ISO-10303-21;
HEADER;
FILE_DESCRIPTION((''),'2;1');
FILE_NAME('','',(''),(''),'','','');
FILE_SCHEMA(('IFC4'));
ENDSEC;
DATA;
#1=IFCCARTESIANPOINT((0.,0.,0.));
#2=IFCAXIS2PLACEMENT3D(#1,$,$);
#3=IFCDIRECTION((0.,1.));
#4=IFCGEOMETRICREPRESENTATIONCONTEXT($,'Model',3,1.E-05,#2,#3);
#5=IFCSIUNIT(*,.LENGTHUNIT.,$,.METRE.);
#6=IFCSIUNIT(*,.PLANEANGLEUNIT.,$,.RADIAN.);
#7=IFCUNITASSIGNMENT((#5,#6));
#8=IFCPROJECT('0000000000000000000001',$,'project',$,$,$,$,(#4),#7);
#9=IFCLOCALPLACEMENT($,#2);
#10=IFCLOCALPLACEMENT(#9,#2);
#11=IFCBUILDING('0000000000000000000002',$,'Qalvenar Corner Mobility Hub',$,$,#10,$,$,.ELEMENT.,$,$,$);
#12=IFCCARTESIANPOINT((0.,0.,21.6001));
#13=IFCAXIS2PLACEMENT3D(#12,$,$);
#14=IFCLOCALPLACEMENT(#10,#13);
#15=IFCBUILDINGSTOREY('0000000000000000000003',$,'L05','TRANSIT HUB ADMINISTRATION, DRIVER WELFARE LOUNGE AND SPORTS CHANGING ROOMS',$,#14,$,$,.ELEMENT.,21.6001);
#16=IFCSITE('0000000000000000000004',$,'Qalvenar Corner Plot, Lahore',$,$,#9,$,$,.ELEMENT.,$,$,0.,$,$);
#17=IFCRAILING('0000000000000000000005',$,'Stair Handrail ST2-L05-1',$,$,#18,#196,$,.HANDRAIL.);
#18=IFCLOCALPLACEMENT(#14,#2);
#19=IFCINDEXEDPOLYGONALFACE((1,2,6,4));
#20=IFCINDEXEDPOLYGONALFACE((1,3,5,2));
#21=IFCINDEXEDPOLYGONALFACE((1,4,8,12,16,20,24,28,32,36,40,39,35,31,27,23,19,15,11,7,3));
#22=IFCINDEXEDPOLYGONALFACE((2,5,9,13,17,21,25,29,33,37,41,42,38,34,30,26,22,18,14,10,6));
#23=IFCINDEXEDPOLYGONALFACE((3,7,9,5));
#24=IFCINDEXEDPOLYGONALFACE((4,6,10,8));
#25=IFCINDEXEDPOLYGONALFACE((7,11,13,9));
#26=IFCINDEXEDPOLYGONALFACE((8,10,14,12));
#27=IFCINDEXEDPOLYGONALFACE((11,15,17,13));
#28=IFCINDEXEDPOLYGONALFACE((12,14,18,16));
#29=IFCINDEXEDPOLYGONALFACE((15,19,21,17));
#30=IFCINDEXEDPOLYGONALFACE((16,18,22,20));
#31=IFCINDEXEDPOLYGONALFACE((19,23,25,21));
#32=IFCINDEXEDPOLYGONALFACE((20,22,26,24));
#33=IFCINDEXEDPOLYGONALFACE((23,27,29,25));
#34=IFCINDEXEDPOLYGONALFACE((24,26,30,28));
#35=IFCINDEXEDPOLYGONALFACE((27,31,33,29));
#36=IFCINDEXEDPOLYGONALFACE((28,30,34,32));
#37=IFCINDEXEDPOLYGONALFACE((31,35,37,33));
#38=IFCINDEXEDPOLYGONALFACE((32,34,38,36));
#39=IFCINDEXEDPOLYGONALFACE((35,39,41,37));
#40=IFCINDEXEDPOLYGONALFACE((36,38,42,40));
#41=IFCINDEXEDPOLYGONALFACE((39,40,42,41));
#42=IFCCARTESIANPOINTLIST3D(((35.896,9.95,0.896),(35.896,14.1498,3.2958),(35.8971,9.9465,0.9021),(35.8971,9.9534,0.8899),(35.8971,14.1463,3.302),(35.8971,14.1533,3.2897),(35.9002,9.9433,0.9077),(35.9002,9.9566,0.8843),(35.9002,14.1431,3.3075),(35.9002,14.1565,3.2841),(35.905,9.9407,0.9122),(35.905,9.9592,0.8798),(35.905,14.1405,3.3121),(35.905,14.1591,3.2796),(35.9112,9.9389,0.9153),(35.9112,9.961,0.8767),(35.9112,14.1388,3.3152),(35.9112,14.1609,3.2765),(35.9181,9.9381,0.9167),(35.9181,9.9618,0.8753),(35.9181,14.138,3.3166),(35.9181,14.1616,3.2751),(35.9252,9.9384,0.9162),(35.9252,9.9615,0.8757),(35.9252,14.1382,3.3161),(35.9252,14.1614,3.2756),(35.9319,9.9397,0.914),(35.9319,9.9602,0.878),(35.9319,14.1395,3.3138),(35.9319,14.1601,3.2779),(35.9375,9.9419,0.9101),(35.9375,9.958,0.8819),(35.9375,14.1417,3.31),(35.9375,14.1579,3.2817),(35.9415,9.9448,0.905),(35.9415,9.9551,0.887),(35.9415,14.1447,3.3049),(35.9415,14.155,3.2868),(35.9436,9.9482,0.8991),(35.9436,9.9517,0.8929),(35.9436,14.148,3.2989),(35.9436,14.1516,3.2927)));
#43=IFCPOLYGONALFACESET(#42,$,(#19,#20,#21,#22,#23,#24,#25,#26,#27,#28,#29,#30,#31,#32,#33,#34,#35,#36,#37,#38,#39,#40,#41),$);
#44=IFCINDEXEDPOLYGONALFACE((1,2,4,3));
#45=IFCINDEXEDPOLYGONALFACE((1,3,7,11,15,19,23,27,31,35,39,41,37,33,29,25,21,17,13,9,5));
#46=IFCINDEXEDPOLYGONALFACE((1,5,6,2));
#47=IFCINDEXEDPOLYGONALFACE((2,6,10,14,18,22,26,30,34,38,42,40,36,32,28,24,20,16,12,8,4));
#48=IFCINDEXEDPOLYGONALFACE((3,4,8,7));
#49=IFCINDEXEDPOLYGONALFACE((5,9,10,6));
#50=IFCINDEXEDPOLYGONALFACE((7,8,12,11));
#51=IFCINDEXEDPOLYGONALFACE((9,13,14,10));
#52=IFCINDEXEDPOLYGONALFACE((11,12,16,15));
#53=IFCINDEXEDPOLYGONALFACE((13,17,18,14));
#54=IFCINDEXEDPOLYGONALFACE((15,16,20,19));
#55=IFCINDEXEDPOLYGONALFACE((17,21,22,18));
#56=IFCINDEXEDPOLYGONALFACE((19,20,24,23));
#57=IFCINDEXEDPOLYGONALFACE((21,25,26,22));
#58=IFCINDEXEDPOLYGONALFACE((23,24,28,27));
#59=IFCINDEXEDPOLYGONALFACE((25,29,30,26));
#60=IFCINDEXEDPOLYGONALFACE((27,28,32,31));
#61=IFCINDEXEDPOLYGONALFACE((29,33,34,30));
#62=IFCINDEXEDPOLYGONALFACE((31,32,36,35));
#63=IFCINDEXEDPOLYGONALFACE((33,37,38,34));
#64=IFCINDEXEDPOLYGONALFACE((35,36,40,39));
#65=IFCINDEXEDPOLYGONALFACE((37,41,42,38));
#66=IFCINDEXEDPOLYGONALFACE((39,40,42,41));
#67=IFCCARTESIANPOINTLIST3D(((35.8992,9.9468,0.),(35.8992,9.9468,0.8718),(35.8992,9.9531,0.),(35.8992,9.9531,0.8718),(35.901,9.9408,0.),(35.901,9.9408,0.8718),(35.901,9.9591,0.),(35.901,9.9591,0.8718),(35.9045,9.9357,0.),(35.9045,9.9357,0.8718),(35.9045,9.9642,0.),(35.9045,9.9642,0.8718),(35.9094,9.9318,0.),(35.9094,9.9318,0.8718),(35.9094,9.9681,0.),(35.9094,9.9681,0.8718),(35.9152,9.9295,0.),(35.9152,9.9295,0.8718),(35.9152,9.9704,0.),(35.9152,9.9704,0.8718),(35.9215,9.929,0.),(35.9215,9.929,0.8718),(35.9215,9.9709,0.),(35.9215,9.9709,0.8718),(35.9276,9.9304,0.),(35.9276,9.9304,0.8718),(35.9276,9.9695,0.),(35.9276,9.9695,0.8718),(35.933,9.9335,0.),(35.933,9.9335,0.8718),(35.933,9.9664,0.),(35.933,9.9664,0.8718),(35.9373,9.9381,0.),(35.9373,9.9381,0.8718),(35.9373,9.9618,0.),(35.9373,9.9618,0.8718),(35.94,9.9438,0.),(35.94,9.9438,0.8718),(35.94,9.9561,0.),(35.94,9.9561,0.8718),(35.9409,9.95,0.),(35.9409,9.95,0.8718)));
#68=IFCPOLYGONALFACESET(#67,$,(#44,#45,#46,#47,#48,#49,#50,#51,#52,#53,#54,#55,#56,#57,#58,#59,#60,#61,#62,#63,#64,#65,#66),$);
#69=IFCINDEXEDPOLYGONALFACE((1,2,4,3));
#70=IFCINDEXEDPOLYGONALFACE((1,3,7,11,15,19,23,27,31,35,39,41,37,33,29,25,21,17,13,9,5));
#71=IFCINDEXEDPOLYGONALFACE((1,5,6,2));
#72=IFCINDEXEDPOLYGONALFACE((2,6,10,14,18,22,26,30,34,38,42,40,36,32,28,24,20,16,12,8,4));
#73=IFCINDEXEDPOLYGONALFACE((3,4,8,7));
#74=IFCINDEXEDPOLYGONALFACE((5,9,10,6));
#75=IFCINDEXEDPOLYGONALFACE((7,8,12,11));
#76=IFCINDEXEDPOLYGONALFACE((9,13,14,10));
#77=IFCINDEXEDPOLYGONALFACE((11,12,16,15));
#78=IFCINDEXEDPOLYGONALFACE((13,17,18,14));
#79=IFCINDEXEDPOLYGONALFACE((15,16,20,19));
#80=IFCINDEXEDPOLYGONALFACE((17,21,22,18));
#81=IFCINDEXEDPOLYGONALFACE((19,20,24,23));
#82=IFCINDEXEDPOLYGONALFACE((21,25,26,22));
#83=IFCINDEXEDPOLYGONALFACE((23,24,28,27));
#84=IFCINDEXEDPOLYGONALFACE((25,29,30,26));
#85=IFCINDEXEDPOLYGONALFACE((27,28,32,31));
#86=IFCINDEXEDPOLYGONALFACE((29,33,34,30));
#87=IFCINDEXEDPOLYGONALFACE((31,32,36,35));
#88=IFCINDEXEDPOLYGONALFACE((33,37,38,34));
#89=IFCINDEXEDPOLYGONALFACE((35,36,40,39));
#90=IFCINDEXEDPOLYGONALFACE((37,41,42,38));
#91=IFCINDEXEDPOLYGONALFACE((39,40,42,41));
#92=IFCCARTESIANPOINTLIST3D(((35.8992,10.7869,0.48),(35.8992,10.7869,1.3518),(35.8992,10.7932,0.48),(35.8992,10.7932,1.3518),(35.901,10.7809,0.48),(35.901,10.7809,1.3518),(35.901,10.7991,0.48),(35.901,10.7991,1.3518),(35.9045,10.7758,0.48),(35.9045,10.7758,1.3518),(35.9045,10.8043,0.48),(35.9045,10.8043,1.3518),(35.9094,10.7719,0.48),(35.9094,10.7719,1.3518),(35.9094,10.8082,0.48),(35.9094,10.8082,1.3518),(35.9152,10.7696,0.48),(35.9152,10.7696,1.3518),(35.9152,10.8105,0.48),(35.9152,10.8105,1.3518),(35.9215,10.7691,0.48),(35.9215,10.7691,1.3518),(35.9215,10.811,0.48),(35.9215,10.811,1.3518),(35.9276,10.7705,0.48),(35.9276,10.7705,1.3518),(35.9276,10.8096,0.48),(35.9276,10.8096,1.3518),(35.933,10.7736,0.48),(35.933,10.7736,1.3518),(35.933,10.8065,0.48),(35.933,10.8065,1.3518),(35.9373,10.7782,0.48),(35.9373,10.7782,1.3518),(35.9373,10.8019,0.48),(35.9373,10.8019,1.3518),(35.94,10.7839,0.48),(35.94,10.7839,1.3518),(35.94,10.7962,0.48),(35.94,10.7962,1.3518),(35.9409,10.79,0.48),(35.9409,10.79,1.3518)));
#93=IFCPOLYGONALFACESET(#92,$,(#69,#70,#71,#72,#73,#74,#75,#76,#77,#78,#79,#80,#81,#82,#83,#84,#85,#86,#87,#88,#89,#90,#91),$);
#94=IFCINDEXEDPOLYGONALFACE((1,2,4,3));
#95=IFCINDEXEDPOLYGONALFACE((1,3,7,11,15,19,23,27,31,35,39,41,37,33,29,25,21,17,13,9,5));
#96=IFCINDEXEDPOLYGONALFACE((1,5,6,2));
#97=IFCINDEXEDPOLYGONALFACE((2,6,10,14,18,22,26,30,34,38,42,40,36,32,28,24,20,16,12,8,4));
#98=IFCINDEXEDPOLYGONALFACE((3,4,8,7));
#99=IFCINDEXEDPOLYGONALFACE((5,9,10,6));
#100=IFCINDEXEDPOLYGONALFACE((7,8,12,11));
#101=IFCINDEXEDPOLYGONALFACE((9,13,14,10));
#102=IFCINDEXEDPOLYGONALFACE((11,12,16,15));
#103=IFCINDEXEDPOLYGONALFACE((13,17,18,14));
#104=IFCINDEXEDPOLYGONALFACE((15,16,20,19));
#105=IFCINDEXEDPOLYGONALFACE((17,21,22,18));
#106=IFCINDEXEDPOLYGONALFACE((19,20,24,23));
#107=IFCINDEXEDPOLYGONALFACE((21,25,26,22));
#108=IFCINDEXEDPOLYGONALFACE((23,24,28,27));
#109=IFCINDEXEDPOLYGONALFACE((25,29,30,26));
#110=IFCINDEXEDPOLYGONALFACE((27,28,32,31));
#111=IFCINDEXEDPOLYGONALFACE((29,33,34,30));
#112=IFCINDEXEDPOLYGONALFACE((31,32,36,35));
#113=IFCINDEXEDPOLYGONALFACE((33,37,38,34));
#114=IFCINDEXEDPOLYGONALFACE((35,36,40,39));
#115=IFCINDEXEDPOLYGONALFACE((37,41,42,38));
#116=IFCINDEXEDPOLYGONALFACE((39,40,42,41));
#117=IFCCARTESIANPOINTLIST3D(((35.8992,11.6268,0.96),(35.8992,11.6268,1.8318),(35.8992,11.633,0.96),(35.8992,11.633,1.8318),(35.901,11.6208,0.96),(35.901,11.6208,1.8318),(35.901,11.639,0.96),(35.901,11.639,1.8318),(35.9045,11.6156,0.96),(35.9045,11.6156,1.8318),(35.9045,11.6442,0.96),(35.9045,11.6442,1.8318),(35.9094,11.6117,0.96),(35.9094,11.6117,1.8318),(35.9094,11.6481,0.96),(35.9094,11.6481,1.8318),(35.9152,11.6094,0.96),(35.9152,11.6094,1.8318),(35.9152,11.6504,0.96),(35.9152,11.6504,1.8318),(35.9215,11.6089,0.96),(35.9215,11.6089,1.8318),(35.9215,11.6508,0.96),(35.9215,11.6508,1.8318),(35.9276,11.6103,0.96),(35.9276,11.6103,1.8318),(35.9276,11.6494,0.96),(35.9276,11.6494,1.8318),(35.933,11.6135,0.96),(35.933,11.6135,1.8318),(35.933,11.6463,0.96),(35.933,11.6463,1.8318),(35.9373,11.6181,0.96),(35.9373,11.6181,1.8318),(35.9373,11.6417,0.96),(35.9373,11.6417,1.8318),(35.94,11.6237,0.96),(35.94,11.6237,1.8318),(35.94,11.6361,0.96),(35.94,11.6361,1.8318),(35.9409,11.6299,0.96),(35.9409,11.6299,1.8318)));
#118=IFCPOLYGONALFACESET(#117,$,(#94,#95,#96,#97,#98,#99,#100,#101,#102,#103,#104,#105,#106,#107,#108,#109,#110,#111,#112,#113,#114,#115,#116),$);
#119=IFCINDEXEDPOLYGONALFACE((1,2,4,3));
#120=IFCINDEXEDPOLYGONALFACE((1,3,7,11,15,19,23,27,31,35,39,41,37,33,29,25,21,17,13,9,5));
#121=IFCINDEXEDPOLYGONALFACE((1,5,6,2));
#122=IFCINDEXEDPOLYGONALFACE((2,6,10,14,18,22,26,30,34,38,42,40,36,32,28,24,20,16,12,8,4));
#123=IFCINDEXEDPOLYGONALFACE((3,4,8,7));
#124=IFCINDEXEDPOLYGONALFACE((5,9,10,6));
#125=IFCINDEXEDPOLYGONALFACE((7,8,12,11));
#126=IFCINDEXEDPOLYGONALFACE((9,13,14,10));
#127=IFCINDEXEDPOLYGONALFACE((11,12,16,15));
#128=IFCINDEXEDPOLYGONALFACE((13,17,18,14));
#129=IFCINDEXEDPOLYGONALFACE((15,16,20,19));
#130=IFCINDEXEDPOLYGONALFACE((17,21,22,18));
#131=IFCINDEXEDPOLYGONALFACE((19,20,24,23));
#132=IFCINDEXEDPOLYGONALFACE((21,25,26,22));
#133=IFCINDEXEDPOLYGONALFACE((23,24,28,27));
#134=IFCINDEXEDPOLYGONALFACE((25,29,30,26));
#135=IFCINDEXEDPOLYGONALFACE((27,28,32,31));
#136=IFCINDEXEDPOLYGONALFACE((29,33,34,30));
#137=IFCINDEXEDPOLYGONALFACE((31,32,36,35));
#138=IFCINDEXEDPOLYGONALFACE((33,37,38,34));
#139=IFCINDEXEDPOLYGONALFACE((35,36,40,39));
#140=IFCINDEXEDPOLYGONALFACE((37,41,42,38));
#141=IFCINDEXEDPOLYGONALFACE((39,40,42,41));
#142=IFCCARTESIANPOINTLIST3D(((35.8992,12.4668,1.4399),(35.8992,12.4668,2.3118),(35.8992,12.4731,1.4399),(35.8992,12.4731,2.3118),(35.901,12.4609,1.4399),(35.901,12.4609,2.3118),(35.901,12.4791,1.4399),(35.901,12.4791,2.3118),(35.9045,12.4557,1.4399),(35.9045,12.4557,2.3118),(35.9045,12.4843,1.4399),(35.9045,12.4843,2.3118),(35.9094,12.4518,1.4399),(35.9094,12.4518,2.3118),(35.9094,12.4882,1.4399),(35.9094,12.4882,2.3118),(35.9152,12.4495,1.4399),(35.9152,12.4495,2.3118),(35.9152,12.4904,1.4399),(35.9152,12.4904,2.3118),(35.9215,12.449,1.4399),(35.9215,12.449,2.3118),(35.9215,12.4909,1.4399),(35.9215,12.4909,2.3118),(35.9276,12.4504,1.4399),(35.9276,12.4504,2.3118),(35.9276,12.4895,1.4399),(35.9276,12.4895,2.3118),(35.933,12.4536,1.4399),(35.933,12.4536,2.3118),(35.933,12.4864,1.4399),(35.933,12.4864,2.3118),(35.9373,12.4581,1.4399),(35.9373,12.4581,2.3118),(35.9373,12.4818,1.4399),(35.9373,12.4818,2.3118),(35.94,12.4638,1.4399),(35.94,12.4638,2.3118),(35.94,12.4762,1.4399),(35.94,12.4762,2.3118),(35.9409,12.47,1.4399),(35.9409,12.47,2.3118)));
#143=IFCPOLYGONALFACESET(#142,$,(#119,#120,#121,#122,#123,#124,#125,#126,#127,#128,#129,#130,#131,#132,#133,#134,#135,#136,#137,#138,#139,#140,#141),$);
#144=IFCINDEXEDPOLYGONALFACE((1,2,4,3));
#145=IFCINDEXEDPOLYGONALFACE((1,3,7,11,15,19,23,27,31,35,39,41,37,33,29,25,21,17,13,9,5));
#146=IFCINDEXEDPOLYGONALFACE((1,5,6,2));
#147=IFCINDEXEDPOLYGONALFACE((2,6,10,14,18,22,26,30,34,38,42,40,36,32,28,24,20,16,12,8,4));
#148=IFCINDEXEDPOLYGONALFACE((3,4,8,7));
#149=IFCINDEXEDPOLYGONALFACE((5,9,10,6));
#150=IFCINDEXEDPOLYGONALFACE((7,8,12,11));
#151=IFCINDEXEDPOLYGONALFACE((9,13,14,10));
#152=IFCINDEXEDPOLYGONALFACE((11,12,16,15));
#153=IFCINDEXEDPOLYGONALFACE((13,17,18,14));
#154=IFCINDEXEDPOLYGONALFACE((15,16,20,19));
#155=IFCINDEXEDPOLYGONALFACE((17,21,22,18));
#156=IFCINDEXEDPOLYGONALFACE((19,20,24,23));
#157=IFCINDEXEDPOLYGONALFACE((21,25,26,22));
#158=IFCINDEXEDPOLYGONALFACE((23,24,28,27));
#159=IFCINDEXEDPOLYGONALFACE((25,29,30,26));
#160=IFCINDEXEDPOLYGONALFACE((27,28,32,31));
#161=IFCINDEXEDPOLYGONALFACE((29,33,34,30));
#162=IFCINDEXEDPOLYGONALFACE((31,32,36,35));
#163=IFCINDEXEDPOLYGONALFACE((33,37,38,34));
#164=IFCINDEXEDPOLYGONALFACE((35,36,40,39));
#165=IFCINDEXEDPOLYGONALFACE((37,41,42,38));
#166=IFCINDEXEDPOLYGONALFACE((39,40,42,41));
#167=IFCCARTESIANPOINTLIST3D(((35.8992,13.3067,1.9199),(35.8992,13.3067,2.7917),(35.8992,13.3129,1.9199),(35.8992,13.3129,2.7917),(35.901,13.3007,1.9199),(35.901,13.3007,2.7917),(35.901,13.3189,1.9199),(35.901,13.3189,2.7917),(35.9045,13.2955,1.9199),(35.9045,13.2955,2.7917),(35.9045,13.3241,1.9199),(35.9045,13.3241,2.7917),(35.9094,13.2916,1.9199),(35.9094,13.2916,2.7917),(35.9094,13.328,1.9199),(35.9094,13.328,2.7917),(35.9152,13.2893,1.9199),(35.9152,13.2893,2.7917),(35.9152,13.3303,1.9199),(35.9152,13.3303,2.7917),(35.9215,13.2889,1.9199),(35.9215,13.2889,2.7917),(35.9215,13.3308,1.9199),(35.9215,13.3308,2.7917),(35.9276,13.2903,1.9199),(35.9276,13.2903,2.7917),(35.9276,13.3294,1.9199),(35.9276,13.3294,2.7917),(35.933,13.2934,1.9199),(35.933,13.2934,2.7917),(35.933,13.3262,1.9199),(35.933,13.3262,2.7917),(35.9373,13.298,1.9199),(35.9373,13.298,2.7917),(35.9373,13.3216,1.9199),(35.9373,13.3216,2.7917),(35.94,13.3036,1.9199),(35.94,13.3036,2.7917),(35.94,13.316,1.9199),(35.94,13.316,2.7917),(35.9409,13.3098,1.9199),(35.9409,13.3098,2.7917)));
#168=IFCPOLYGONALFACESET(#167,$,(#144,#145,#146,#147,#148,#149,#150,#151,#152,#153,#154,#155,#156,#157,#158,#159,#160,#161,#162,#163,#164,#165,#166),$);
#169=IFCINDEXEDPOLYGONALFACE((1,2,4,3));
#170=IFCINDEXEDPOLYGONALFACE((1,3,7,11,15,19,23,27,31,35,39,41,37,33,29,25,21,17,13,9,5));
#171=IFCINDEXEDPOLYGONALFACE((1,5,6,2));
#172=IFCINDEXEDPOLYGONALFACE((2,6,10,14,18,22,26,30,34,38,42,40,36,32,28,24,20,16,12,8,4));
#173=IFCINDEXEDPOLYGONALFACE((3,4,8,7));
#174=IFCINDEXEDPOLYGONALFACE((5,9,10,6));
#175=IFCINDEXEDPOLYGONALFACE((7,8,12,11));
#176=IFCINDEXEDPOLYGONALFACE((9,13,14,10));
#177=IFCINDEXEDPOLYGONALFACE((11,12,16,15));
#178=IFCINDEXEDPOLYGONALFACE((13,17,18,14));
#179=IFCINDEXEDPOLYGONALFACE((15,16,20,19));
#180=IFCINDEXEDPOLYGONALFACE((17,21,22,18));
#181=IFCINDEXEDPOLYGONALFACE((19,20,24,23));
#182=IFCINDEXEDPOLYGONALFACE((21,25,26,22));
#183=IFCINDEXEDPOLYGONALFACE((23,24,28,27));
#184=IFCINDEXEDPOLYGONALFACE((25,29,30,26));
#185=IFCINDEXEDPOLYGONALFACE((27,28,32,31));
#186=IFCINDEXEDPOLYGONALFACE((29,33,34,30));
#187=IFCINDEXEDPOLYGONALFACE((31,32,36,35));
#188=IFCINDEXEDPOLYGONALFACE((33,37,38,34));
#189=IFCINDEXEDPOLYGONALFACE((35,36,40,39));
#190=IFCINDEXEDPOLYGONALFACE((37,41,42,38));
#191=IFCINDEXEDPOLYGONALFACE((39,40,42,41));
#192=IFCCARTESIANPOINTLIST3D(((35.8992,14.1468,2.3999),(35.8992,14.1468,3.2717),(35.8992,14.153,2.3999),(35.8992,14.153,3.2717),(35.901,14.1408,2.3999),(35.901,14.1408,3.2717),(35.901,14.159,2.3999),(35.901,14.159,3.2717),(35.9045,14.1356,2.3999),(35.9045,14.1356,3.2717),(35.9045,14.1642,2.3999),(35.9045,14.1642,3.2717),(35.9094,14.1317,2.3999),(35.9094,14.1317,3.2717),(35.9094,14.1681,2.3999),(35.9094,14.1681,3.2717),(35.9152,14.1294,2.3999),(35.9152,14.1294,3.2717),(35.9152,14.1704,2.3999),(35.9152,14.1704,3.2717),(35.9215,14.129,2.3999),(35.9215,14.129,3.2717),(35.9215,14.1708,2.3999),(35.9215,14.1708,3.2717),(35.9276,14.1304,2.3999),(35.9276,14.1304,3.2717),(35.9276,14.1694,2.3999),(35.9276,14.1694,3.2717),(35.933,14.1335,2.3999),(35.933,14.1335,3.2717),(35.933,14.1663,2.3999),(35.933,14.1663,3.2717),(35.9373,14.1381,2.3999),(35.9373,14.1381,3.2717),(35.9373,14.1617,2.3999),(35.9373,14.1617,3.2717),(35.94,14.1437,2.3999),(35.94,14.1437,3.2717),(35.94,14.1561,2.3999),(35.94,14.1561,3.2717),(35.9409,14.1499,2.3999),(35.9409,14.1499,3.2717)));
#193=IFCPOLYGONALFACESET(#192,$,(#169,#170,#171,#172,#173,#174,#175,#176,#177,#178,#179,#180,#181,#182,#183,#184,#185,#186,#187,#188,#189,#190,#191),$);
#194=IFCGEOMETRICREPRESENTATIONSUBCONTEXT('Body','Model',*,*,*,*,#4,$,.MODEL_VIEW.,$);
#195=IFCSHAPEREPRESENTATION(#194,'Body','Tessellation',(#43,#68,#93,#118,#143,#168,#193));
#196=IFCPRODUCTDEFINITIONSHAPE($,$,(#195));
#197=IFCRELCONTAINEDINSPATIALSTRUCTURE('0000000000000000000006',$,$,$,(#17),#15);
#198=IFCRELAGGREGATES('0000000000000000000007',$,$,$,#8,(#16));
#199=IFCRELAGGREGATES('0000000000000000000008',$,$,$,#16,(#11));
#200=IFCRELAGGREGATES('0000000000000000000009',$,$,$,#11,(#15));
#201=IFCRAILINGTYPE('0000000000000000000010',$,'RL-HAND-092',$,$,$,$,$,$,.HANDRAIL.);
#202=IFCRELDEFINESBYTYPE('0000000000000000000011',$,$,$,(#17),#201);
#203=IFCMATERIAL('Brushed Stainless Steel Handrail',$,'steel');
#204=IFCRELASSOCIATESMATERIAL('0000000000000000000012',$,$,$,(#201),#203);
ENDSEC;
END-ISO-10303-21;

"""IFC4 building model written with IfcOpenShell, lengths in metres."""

from ifc_helpers import new_model, si_unit, direction, frame, origin, origin_2d, place, context, subcontext, project, spatial, circle, extrude, material, type_object, element, save


model = new_model("IFC4")

# Units and contexts
model_context = context("Model", 3, precision=1e-05, world=origin(), true_north=direction((0.0, 1.0)))
body_context = subcontext(model_context, "Body", "Model", "MODEL_VIEW")
ifc_project = project(units=[si_unit("LENGTHUNIT", "METRE"), si_unit("PLANEANGLEUNIT", "RADIAN")], contexts=[model_context])

# Site, building, storey
site_placement = place(None, origin())
site = spatial("IfcSite", under=ifc_project, at=site_placement, Name="Qalvenar Corner Plot, Lahore", CompositionType="ELEMENT", RefElevation=0.0)
building_placement = place(site_placement, origin())
building = spatial("IfcBuilding", under=site, at=building_placement, Name="Qalvenar Corner Mobility Hub", CompositionType="ELEMENT")
storey_placement = place(building_placement, frame((0.0, 0.0, 21.6001)))
storey = spatial("IfcBuildingStorey", under=building, at=storey_placement, Name="L05", Description="TRANSIT HUB ADMINISTRATION, DRIVER WELFARE LOUNGE AND SPORTS CHANGING ROOMS", CompositionType="ELEMENT", Elevation=21.6001)

# Railing
ifc_material_1 = material(Name="Brushed Stainless Steel Handrail", Category="steel")
railing_type = type_object("IfcRailingType", Name="RL-HAND-092", PredefinedType="HANDRAIL", material=ifc_material_1)
railing_placement = place(storey_placement, frame((35.9199, 9.95, 0.0)))
element("IfcRailing", 1, at=railing_placement, inside=storey, type_object=railing_type, Name="Stair Handrail ST2-L05-1", PredefinedType="HANDRAIL", context=body_context, shape_type="SweptSolid", body=[
    extrude(circle(Radius=0.0239, at=origin_2d()), frame((0.0, 0.0, 0.896), z_axis=(0.0, 0.868249, 0.496128), x_axis=(-1.0, 0.0, 0.0)), (0.0, 0.0, 1.0), 4.8372),
    extrude(circle(Radius=0.021, at=origin_2d()), origin(), (0.0, 0.0, 1.0), 0.8718),
    extrude(circle(Radius=0.021, at=origin_2d()), frame((0.0, 0.8401, 0.48)), (0.0, 0.0, 1.0), 0.8718),
    extrude(circle(Radius=0.021, at=origin_2d()), frame((0.0, 1.6799, 0.96)), (0.0, 0.0, 1.0), 0.8718),
    extrude(circle(Radius=0.021, at=origin_2d()), frame((0.0, 2.52, 1.4399)), (0.0, 0.0, 1.0), 0.8718),
    extrude(circle(Radius=0.021, at=origin_2d()), frame((0.0, 3.3599, 1.9199)), (0.0, 0.0, 1.0), 0.8718),
    extrude(circle(Radius=0.021, at=origin_2d()), frame((0.0, 4.2, 2.3999)), (0.0, 0.0, 1.0), 0.8718),
])

save(model, "model.ifc")
